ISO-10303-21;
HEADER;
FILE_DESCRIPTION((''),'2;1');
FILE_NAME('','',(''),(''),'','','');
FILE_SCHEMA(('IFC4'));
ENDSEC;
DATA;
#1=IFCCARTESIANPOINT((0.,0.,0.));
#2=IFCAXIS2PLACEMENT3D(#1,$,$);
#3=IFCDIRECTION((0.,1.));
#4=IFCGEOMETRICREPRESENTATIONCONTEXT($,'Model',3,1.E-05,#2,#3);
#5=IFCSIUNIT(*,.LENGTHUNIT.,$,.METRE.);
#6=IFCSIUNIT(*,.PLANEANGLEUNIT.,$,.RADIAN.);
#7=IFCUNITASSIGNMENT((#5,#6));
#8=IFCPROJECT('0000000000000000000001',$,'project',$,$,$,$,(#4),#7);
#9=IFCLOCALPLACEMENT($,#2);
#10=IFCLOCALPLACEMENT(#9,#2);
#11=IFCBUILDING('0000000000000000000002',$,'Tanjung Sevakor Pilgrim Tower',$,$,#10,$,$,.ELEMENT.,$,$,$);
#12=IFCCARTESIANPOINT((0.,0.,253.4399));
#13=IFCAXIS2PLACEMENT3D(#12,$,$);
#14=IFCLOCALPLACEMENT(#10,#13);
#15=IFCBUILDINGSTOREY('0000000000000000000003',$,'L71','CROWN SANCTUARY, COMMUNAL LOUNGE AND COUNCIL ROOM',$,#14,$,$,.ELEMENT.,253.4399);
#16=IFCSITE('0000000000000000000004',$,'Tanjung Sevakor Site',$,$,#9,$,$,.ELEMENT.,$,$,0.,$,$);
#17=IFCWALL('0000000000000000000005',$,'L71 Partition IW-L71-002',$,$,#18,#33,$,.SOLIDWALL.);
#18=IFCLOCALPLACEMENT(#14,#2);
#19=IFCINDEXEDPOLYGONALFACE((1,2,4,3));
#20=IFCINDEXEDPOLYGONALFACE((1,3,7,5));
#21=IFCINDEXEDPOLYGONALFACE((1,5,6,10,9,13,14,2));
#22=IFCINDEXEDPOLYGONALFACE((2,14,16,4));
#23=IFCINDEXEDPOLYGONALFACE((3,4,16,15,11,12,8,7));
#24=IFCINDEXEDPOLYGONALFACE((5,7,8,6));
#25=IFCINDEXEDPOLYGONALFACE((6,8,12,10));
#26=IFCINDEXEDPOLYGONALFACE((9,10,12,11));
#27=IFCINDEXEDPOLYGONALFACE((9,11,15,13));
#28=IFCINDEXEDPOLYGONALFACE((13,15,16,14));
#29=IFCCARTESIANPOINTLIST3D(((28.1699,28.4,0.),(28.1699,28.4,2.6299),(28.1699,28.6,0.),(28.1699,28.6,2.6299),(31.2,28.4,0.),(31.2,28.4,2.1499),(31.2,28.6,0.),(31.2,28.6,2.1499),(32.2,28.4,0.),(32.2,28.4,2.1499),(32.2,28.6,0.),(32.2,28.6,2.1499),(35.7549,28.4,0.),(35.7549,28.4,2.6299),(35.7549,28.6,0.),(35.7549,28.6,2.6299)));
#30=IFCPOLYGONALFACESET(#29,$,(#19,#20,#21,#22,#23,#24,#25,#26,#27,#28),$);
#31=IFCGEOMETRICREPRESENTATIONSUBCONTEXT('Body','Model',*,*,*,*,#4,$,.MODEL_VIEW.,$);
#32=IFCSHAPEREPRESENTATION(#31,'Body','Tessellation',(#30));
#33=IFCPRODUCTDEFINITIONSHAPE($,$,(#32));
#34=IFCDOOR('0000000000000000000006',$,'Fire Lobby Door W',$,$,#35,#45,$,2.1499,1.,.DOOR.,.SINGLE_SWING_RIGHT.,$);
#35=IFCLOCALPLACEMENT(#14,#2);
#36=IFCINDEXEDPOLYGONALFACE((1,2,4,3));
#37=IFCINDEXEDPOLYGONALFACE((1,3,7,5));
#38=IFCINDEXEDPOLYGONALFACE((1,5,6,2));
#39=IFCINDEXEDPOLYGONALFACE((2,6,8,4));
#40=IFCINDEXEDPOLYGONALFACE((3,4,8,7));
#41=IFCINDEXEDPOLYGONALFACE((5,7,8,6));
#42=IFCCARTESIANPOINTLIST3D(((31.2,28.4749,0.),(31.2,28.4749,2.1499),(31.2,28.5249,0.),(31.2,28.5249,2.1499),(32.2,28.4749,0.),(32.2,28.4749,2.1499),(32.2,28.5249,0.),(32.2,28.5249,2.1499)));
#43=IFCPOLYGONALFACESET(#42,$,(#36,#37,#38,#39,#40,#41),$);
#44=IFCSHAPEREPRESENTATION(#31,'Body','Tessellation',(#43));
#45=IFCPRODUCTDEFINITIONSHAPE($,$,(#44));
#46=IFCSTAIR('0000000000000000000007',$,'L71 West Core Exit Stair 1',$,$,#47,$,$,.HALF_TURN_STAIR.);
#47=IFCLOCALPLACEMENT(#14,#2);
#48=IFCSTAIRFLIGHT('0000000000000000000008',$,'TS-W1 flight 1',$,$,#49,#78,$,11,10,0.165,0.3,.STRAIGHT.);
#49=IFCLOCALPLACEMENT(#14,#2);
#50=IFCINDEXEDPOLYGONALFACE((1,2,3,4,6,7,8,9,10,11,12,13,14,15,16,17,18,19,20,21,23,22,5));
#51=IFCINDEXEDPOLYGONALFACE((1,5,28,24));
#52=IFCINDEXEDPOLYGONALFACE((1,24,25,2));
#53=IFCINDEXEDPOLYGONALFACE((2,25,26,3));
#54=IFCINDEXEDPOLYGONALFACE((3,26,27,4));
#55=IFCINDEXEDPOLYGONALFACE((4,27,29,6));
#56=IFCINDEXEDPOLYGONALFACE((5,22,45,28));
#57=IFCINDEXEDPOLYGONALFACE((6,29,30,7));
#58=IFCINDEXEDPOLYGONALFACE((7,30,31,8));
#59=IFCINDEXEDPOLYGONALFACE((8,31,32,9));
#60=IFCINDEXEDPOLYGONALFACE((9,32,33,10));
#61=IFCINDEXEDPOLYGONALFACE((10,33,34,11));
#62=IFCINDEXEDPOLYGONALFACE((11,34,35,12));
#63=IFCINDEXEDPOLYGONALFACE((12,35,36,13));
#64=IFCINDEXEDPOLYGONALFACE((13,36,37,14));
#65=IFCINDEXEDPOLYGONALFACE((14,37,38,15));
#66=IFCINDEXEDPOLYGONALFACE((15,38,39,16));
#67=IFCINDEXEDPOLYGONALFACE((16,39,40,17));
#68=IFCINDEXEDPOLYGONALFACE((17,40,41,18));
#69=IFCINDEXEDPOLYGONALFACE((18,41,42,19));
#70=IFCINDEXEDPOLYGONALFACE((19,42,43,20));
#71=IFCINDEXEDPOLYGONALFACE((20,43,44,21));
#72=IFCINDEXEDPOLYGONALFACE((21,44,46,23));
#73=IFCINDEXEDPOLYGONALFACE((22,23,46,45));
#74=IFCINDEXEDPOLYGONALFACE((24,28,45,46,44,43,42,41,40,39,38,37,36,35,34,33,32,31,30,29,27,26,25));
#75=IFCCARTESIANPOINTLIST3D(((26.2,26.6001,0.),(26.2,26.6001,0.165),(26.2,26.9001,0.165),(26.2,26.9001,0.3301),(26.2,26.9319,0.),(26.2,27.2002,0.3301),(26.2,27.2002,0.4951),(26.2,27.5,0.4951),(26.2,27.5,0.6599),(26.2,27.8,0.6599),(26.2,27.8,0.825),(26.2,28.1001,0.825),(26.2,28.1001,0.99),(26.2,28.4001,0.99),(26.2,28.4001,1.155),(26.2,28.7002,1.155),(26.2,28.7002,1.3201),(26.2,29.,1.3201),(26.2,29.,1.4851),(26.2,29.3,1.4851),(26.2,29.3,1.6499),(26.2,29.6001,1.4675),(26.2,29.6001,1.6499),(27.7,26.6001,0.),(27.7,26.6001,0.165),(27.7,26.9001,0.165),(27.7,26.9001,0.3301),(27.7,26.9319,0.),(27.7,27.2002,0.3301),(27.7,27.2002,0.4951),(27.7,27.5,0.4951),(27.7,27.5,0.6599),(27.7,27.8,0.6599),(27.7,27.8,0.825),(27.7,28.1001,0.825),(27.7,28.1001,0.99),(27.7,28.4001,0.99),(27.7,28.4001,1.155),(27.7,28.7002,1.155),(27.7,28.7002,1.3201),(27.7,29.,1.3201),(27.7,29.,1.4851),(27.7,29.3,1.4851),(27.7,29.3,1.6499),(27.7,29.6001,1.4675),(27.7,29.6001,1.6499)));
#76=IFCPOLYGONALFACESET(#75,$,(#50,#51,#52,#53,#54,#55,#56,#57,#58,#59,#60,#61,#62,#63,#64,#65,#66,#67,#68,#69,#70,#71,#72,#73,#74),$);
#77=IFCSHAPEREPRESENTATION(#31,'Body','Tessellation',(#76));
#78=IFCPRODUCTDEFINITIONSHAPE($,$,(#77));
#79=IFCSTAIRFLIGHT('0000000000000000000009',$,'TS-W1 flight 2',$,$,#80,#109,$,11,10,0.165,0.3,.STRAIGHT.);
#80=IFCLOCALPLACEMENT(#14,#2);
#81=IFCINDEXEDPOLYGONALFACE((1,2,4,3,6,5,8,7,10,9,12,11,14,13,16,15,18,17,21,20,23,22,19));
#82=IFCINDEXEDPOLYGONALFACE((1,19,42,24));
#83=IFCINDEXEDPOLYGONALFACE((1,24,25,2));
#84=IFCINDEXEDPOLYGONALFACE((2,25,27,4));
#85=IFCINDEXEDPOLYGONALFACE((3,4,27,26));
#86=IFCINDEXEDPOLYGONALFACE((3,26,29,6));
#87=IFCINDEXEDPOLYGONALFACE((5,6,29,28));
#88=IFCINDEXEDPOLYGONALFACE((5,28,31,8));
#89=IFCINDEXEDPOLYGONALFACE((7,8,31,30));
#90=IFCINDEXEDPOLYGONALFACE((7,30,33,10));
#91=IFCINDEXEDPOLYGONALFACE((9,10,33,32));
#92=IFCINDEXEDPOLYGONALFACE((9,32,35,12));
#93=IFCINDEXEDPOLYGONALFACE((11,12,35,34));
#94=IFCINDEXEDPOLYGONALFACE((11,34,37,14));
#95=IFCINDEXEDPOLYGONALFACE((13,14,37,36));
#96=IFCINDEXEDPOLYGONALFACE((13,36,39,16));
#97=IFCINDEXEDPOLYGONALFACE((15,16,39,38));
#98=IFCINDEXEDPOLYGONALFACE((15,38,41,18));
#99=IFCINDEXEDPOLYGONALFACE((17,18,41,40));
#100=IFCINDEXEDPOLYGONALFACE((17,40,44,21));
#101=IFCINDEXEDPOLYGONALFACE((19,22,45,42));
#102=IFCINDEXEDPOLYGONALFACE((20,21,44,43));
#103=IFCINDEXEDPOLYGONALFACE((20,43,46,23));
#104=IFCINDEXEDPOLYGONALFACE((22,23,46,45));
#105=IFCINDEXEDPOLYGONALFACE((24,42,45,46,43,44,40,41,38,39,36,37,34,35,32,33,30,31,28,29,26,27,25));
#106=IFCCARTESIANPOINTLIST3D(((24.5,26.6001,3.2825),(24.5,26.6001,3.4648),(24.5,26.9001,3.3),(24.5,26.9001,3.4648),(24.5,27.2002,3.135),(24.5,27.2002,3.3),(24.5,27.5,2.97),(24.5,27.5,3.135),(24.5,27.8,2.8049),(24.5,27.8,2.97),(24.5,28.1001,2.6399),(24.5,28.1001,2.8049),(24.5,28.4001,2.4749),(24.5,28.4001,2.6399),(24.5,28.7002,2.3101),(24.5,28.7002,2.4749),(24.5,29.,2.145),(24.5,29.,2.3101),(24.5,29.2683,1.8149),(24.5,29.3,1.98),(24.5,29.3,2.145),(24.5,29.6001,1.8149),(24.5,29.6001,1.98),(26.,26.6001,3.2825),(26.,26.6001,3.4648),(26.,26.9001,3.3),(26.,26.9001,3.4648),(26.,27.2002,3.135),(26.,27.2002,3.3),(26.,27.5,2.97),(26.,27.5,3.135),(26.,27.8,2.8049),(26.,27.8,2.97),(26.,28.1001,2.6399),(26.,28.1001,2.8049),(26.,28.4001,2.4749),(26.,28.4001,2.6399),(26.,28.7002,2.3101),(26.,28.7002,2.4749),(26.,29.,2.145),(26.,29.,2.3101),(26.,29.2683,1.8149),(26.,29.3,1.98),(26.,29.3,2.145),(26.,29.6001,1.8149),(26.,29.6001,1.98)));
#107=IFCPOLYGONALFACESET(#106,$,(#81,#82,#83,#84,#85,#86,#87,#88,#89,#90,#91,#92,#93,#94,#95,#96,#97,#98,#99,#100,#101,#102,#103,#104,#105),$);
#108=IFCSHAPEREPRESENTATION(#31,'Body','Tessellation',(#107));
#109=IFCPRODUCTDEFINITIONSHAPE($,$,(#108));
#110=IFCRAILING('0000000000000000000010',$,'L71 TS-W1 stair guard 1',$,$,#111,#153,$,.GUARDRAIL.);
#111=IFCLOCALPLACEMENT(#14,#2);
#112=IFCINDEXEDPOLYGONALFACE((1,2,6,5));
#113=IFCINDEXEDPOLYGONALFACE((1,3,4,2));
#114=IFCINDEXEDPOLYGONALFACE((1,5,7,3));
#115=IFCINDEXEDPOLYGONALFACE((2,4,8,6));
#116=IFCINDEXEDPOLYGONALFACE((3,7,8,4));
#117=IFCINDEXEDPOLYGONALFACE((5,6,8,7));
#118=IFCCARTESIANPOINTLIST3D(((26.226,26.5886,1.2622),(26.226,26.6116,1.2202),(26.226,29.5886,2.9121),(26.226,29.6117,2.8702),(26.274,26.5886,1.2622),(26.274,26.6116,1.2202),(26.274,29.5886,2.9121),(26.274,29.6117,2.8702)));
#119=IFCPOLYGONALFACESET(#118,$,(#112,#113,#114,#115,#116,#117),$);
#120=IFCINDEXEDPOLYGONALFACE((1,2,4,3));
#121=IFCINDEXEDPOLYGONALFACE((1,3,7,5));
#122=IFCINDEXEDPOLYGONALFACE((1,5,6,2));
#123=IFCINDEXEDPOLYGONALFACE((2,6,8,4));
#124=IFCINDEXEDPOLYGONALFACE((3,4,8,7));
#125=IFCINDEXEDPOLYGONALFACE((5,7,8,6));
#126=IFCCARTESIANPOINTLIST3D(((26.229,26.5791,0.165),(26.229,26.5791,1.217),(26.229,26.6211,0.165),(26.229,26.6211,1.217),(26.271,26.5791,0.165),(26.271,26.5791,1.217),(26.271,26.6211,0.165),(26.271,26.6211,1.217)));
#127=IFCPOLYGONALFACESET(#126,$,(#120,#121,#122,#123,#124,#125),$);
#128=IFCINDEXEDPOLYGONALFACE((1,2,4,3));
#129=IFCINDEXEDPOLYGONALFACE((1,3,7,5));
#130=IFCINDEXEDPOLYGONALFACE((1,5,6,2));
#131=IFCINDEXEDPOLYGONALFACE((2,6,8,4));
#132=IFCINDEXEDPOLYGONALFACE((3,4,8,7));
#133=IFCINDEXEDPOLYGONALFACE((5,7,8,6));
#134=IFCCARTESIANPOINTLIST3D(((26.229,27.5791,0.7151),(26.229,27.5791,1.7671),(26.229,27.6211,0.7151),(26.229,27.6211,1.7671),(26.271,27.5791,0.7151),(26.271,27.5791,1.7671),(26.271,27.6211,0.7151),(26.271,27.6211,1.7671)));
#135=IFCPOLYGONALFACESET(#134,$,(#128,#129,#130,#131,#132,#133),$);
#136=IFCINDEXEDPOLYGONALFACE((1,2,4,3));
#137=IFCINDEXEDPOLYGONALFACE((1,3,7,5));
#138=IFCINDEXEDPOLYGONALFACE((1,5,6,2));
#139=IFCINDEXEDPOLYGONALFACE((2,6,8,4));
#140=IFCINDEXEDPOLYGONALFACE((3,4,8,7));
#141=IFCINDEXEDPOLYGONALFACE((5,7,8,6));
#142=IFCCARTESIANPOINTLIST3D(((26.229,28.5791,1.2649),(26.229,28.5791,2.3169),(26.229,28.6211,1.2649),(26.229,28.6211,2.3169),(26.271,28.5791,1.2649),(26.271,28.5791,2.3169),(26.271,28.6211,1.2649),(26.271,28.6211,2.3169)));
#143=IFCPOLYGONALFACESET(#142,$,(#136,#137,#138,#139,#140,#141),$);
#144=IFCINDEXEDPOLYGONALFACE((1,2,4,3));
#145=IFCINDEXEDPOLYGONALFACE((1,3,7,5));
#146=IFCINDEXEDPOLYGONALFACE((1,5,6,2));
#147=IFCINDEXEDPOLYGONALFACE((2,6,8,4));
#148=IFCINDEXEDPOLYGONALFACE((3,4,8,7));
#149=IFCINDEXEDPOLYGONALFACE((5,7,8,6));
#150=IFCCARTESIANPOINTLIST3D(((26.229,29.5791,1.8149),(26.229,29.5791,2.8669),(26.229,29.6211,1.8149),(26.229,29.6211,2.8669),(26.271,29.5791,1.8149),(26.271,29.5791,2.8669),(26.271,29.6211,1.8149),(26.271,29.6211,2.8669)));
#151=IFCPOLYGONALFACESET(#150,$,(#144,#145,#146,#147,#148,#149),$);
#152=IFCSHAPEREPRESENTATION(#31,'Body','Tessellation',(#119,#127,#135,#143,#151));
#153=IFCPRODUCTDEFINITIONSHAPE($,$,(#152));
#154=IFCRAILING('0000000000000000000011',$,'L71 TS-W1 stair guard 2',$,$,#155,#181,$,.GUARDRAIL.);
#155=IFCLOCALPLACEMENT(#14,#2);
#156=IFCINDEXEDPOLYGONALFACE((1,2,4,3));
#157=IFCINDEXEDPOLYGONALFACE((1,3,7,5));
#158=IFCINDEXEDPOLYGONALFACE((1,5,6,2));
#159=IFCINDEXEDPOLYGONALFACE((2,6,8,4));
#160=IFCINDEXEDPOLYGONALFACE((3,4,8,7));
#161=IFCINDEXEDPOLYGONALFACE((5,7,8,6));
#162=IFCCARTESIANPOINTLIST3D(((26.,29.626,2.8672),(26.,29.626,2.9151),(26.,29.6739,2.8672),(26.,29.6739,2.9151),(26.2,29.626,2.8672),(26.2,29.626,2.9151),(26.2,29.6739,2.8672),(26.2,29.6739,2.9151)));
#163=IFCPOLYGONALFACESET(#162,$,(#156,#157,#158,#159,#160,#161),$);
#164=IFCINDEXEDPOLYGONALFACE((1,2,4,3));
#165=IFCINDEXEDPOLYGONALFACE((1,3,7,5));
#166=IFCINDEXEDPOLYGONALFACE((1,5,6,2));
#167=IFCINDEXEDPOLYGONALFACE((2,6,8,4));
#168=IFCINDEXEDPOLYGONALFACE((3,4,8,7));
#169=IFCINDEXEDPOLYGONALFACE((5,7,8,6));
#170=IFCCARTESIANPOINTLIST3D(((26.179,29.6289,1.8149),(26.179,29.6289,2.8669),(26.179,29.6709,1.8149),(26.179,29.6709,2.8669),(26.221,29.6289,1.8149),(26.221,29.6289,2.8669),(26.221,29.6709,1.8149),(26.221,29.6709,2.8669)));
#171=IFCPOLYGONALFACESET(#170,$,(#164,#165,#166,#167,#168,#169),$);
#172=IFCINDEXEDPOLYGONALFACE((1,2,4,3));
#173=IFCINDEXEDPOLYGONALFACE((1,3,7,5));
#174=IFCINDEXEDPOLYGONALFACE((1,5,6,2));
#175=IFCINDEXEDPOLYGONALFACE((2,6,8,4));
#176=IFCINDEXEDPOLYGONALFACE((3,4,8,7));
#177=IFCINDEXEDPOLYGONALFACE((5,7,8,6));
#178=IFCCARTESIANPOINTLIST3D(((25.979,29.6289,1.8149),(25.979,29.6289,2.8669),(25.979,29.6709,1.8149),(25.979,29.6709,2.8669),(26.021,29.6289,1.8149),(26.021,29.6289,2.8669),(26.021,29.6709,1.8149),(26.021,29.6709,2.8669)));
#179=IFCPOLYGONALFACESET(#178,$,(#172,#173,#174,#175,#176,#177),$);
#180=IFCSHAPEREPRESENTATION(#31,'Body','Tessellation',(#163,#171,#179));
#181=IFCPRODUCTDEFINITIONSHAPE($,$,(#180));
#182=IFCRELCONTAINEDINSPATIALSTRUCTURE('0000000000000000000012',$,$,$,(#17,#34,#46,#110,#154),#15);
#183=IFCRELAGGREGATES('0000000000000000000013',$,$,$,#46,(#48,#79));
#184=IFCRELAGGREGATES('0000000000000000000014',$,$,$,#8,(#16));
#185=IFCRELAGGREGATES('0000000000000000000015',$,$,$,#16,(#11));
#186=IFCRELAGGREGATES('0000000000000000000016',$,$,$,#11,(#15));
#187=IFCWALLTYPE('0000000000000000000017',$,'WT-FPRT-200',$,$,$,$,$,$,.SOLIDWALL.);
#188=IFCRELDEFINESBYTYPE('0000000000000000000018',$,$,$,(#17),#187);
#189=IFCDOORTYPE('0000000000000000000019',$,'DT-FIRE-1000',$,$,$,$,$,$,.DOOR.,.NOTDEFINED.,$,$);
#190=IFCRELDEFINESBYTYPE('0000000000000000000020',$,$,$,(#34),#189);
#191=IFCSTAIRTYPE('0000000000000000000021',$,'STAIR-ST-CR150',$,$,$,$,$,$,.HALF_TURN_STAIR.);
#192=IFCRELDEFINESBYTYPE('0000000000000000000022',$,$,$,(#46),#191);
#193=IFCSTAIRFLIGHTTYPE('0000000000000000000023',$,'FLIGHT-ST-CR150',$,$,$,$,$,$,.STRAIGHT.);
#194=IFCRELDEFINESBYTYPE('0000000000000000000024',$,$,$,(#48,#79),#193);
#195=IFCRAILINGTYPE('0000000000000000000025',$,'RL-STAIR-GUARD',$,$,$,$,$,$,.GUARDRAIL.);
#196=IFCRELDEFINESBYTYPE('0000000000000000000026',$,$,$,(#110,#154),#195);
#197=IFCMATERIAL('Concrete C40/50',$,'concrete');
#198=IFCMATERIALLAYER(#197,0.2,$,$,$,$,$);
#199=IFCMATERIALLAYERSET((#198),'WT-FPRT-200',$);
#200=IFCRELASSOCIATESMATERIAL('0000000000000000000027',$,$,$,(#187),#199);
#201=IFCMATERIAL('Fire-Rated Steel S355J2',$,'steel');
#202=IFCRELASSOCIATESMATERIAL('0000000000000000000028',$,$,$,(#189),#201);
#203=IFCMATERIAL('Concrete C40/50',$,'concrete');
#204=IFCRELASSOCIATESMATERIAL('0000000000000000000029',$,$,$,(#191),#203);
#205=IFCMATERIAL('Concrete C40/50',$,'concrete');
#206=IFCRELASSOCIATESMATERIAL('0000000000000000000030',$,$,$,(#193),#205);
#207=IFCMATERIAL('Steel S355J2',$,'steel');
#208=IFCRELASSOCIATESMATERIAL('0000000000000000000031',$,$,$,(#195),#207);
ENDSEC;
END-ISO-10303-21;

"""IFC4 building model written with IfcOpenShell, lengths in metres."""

from ifc_helpers import new_model, si_unit, direction, frame, frame_2d, origin, place, context, subcontext, project, spatial, polyline, rectangle, outline, extrude, material, layer, layer_set, type_object, element, fill, aggregate, save


model = new_model("IFC4")

# Units and contexts
model_context = context("Model", 3, precision=1e-05, world=origin(), true_north=direction((0.0, 1.0)))
body_context = subcontext(model_context, "Body", "Model", "MODEL_VIEW")
ifc_project = project(units=[si_unit("LENGTHUNIT", "METRE"), si_unit("PLANEANGLEUNIT", "RADIAN")], contexts=[model_context])

# Site, building, storey
site_placement = place(None, origin())
site = spatial("IfcSite", under=ifc_project, at=site_placement, Name="Tanjung Sevakor Site", CompositionType="ELEMENT", RefElevation=0.0)
building_placement = place(site_placement, origin())
building = spatial("IfcBuilding", under=site, at=building_placement, Name="Tanjung Sevakor Pilgrim Tower", CompositionType="ELEMENT")
storey_placement = place(building_placement, frame((0.0, 0.0, 253.4399)))
storey = spatial("IfcBuildingStorey", under=building, at=storey_placement, Name="L71", Description="CROWN SANCTUARY, COMMUNAL LOUNGE AND COUNCIL ROOM", CompositionType="ELEMENT", Elevation=253.4399)

# Wall, opening, door
ifc_material_1 = material(Name="Concrete C40/50", Category="concrete")
ifc_layer_1 = layer(ifc_material_1, 0.2)
ifc_layer_set_1 = layer_set([ifc_layer_1], Name="WT-FPRT-200")
wall_type_1 = type_object("IfcWallType", Name="WT-FPRT-200", PredefinedType="SOLIDWALL", material=ifc_layer_set_1)
wall_1_placement = place(storey_placement, frame((28.1699, 28.5, 0.0), z_axis=(0.0, 0.0, 1.0), x_axis=(1.0, 0.0, 0.0)))
wall_1 = element("IfcWall", 1, at=wall_1_placement, inside=storey, type_object=wall_type_1, Name="L71 Partition IW-L71-002", PredefinedType="SOLIDWALL", context=body_context, shape_type="SweptSolid", body=[
    extrude(rectangle(XDim=7.585, YDim=0.2, at=frame_2d((3.7925, 0.0))), origin(), (0.0, 0.0, 1.0), 2.6299),
])
opening_1_placement = place(wall_1_placement, frame((3.03, 0.0, 0.0)))
opening_1 = element("IfcOpeningElement", 2, at=opening_1_placement, cuts=wall_1, PredefinedType="OPENING", context=body_context, shape_type="SweptSolid", body=[
    extrude(rectangle(XDim=1.0, YDim=2.1499, at=frame_2d((0.5, 1.075))), frame((0.0, 0.1099, 0.0), z_axis=(0.0, -1.0, 0.0), x_axis=(1.0, 0.0, 0.0)), (0.0, 0.0, 1.0), 0.22),
])
ifc_material_2 = material(Name="Fire-Rated Steel S355J2", Category="steel")
door_type_1 = type_object("IfcDoorType", Name="DT-FIRE-1000", OperationType="NOTDEFINED", PredefinedType="DOOR", material=ifc_material_2)
door_1_placement = place(opening_1_placement, origin())
door_1 = element("IfcDoor", 3, at=door_1_placement, inside=storey, type_object=door_type_1, Name="Fire Lobby Door W", OperationType="SINGLE_SWING_RIGHT", OverallHeight=2.1499, OverallWidth=1.0, PredefinedType="DOOR", context=body_context, shape_type="SweptSolid", body=[
    extrude(rectangle(XDim=1.0, YDim=2.1499, at=frame_2d((0.5, 1.075))), frame((0.0, 0.0249, 0.0), z_axis=(0.0, -1.0, 0.0), x_axis=(1.0, 0.0, 0.0)), (0.0, 0.0, 1.0), 0.05),
])
fill(opening_1, door_1)

# Stair, stair flights
ifc_material_3 = material(Name="Concrete C40/50", Category="concrete")
stair_type = type_object("IfcStairType", Name="STAIR-ST-CR150", PredefinedType="HALF_TURN_STAIR", material=ifc_material_3)
stair_placement = place(storey_placement, origin())
stair = element("IfcStair", 4, at=stair_placement, inside=storey, type_object=stair_type, Name="L71 West Core Exit Stair 1", PredefinedType="HALF_TURN_STAIR")
ifc_material_4 = material(Name="Concrete C40/50", Category="concrete")
stair_flight_type = type_object("IfcStairFlightType", Name="FLIGHT-ST-CR150", PredefinedType="STRAIGHT", material=ifc_material_4)
stair_flight_1_placement = place(storey_placement, frame((26.95, 26.6001, 0.0), z_axis=(0.0, 0.0, 1.0), x_axis=(0.0, 1.0, 0.0)))
stair_flight_1 = element("IfcStairFlight", 5, at=stair_flight_1_placement, type_object=stair_flight_type, Name="TS-W1 flight 1", NumberOfRisers=11, NumberOfTreads=10, PredefinedType="STRAIGHT", RiserHeight=0.165, TreadLength=0.3, context=body_context, shape_type="SweptSolid", body=[
    extrude(outline(polyline([(0.0, 0.0), (0.0, 0.165), (0.3, 0.165), (0.3, 0.3301), (0.6001, 0.3301), (0.6001, 0.4951), (0.8999, 0.4951), (0.8999, 0.6599), (1.2, 0.6599), (1.2, 0.825), (1.5, 0.825), (1.5, 0.99), (1.8, 0.99), (1.8, 1.155), (2.1001, 1.155), (2.1001, 1.3201), (2.3999, 1.3201), (2.3999, 1.4851), (2.7, 1.4851), (2.7, 1.6499), (3.0, 1.6499), (3.0, 1.8149), (3.0, 1.4675), (0.3318, 0.0), (0.0, 0.0)])), frame((0.0, 0.75, 0.0), z_axis=(0.0, -1.0, 0.0), x_axis=(1.0, 0.0, 0.0)), (0.0, 0.0, 1.0), 1.5),
])
stair_flight_2_placement = place(storey_placement, frame((25.25, 29.6001, 1.8149), z_axis=(0.0, 0.0, 1.0), x_axis=(0.0, -1.0, 0.0)))
stair_flight_2 = element("IfcStairFlight", 6, at=stair_flight_2_placement, type_object=stair_flight_type, Name="TS-W1 flight 2", NumberOfRisers=11, NumberOfTreads=10, PredefinedType="STRAIGHT", RiserHeight=0.165, TreadLength=0.3, context=body_context, shape_type="SweptSolid", body=[
    extrude(outline(polyline([(0.0, 0.0), (0.0, 0.165), (0.3, 0.165), (0.3, 0.3301), (0.6001, 0.3301), (0.6001, 0.4951), (0.8999, 0.4951), (0.8999, 0.6599), (1.2, 0.6599), (1.2, 0.825), (1.5, 0.825), (1.5, 0.99), (1.8, 0.99), (1.8, 1.155), (2.1001, 1.155), (2.1001, 1.3201), (2.3999, 1.3201), (2.3999, 1.4851), (2.7, 1.4851), (2.7, 1.6499), (3.0, 1.6499), (3.0, 1.8149), (3.0, 1.4675), (0.3318, 0.0), (0.0, 0.0)])), frame((0.0, 0.75, 0.0), z_axis=(0.0, -1.0, 0.0), x_axis=(1.0, 0.0, 0.0)), (0.0, 0.0, 1.0), 1.5),
])
aggregate(stair, [stair_flight_1, stair_flight_2])

# Railings
ifc_material_5 = material(Name="Steel S355J2", Category="steel")
railing_type_1 = type_object("IfcRailingType", Name="RL-STAIR-GUARD", PredefinedType="GUARDRAIL", material=ifc_material_5)
railing_1_placement = place(storey_placement, frame((26.25, 26.6001, 0.165)))
element("IfcRailing", 7, at=railing_1_placement, inside=storey, type_object=railing_type_1, Name="L71 TS-W1 stair guard 1", PredefinedType="GUARDRAIL", context=body_context, shape_type="SweptSolid", body=[
    extrude(rectangle(XDim=0.0479, YDim=0.0479), frame((0.0, 0.0, 1.0762), z_axis=(0.0, 0.876228, 0.481897), x_axis=(-1.0, 0.0, 0.0)), (0.0, 0.0, 1.0), 3.4238),
    extrude(rectangle(XDim=0.042, YDim=0.042), origin(), (0.0, 0.0, 1.0), 1.052),
    extrude(rectangle(XDim=0.042, YDim=0.042), frame((0.0, 1.0, 0.55)), (0.0, 0.0, 1.0), 1.052),
    extrude(rectangle(XDim=0.042, YDim=0.042), frame((0.0, 2.0, 1.0999)), (0.0, 0.0, 1.0), 1.052),
    extrude(rectangle(XDim=0.042, YDim=0.042), frame((0.0, 3.0, 1.6499)), (0.0, 0.0, 1.0), 1.052),
])
railing_2_placement = place(storey_placement, frame((26.2, 29.6499, 1.8149)))
element("IfcRailing", 8, at=railing_2_placement, inside=storey, type_object=railing_type_1, Name="L71 TS-W1 stair guard 2", PredefinedType="GUARDRAIL", context=body_context, shape_type="SweptSolid", body=[
    extrude(rectangle(XDim=0.0479, YDim=0.0479), frame((0.0, 0.0, 1.0762), z_axis=(-1.0, 0.0, 0.0), x_axis=(0.0, -1.0, 0.0)), (0.0, 0.0, 1.0), 0.2),
    extrude(rectangle(XDim=0.042, YDim=0.042), origin(), (0.0, 0.0, 1.0), 1.052),
    extrude(rectangle(XDim=0.042, YDim=0.042), frame((-0.2, 0.0, 0.0)), (0.0, 0.0, 1.0), 1.052),
])

save(model, "model.ifc")
